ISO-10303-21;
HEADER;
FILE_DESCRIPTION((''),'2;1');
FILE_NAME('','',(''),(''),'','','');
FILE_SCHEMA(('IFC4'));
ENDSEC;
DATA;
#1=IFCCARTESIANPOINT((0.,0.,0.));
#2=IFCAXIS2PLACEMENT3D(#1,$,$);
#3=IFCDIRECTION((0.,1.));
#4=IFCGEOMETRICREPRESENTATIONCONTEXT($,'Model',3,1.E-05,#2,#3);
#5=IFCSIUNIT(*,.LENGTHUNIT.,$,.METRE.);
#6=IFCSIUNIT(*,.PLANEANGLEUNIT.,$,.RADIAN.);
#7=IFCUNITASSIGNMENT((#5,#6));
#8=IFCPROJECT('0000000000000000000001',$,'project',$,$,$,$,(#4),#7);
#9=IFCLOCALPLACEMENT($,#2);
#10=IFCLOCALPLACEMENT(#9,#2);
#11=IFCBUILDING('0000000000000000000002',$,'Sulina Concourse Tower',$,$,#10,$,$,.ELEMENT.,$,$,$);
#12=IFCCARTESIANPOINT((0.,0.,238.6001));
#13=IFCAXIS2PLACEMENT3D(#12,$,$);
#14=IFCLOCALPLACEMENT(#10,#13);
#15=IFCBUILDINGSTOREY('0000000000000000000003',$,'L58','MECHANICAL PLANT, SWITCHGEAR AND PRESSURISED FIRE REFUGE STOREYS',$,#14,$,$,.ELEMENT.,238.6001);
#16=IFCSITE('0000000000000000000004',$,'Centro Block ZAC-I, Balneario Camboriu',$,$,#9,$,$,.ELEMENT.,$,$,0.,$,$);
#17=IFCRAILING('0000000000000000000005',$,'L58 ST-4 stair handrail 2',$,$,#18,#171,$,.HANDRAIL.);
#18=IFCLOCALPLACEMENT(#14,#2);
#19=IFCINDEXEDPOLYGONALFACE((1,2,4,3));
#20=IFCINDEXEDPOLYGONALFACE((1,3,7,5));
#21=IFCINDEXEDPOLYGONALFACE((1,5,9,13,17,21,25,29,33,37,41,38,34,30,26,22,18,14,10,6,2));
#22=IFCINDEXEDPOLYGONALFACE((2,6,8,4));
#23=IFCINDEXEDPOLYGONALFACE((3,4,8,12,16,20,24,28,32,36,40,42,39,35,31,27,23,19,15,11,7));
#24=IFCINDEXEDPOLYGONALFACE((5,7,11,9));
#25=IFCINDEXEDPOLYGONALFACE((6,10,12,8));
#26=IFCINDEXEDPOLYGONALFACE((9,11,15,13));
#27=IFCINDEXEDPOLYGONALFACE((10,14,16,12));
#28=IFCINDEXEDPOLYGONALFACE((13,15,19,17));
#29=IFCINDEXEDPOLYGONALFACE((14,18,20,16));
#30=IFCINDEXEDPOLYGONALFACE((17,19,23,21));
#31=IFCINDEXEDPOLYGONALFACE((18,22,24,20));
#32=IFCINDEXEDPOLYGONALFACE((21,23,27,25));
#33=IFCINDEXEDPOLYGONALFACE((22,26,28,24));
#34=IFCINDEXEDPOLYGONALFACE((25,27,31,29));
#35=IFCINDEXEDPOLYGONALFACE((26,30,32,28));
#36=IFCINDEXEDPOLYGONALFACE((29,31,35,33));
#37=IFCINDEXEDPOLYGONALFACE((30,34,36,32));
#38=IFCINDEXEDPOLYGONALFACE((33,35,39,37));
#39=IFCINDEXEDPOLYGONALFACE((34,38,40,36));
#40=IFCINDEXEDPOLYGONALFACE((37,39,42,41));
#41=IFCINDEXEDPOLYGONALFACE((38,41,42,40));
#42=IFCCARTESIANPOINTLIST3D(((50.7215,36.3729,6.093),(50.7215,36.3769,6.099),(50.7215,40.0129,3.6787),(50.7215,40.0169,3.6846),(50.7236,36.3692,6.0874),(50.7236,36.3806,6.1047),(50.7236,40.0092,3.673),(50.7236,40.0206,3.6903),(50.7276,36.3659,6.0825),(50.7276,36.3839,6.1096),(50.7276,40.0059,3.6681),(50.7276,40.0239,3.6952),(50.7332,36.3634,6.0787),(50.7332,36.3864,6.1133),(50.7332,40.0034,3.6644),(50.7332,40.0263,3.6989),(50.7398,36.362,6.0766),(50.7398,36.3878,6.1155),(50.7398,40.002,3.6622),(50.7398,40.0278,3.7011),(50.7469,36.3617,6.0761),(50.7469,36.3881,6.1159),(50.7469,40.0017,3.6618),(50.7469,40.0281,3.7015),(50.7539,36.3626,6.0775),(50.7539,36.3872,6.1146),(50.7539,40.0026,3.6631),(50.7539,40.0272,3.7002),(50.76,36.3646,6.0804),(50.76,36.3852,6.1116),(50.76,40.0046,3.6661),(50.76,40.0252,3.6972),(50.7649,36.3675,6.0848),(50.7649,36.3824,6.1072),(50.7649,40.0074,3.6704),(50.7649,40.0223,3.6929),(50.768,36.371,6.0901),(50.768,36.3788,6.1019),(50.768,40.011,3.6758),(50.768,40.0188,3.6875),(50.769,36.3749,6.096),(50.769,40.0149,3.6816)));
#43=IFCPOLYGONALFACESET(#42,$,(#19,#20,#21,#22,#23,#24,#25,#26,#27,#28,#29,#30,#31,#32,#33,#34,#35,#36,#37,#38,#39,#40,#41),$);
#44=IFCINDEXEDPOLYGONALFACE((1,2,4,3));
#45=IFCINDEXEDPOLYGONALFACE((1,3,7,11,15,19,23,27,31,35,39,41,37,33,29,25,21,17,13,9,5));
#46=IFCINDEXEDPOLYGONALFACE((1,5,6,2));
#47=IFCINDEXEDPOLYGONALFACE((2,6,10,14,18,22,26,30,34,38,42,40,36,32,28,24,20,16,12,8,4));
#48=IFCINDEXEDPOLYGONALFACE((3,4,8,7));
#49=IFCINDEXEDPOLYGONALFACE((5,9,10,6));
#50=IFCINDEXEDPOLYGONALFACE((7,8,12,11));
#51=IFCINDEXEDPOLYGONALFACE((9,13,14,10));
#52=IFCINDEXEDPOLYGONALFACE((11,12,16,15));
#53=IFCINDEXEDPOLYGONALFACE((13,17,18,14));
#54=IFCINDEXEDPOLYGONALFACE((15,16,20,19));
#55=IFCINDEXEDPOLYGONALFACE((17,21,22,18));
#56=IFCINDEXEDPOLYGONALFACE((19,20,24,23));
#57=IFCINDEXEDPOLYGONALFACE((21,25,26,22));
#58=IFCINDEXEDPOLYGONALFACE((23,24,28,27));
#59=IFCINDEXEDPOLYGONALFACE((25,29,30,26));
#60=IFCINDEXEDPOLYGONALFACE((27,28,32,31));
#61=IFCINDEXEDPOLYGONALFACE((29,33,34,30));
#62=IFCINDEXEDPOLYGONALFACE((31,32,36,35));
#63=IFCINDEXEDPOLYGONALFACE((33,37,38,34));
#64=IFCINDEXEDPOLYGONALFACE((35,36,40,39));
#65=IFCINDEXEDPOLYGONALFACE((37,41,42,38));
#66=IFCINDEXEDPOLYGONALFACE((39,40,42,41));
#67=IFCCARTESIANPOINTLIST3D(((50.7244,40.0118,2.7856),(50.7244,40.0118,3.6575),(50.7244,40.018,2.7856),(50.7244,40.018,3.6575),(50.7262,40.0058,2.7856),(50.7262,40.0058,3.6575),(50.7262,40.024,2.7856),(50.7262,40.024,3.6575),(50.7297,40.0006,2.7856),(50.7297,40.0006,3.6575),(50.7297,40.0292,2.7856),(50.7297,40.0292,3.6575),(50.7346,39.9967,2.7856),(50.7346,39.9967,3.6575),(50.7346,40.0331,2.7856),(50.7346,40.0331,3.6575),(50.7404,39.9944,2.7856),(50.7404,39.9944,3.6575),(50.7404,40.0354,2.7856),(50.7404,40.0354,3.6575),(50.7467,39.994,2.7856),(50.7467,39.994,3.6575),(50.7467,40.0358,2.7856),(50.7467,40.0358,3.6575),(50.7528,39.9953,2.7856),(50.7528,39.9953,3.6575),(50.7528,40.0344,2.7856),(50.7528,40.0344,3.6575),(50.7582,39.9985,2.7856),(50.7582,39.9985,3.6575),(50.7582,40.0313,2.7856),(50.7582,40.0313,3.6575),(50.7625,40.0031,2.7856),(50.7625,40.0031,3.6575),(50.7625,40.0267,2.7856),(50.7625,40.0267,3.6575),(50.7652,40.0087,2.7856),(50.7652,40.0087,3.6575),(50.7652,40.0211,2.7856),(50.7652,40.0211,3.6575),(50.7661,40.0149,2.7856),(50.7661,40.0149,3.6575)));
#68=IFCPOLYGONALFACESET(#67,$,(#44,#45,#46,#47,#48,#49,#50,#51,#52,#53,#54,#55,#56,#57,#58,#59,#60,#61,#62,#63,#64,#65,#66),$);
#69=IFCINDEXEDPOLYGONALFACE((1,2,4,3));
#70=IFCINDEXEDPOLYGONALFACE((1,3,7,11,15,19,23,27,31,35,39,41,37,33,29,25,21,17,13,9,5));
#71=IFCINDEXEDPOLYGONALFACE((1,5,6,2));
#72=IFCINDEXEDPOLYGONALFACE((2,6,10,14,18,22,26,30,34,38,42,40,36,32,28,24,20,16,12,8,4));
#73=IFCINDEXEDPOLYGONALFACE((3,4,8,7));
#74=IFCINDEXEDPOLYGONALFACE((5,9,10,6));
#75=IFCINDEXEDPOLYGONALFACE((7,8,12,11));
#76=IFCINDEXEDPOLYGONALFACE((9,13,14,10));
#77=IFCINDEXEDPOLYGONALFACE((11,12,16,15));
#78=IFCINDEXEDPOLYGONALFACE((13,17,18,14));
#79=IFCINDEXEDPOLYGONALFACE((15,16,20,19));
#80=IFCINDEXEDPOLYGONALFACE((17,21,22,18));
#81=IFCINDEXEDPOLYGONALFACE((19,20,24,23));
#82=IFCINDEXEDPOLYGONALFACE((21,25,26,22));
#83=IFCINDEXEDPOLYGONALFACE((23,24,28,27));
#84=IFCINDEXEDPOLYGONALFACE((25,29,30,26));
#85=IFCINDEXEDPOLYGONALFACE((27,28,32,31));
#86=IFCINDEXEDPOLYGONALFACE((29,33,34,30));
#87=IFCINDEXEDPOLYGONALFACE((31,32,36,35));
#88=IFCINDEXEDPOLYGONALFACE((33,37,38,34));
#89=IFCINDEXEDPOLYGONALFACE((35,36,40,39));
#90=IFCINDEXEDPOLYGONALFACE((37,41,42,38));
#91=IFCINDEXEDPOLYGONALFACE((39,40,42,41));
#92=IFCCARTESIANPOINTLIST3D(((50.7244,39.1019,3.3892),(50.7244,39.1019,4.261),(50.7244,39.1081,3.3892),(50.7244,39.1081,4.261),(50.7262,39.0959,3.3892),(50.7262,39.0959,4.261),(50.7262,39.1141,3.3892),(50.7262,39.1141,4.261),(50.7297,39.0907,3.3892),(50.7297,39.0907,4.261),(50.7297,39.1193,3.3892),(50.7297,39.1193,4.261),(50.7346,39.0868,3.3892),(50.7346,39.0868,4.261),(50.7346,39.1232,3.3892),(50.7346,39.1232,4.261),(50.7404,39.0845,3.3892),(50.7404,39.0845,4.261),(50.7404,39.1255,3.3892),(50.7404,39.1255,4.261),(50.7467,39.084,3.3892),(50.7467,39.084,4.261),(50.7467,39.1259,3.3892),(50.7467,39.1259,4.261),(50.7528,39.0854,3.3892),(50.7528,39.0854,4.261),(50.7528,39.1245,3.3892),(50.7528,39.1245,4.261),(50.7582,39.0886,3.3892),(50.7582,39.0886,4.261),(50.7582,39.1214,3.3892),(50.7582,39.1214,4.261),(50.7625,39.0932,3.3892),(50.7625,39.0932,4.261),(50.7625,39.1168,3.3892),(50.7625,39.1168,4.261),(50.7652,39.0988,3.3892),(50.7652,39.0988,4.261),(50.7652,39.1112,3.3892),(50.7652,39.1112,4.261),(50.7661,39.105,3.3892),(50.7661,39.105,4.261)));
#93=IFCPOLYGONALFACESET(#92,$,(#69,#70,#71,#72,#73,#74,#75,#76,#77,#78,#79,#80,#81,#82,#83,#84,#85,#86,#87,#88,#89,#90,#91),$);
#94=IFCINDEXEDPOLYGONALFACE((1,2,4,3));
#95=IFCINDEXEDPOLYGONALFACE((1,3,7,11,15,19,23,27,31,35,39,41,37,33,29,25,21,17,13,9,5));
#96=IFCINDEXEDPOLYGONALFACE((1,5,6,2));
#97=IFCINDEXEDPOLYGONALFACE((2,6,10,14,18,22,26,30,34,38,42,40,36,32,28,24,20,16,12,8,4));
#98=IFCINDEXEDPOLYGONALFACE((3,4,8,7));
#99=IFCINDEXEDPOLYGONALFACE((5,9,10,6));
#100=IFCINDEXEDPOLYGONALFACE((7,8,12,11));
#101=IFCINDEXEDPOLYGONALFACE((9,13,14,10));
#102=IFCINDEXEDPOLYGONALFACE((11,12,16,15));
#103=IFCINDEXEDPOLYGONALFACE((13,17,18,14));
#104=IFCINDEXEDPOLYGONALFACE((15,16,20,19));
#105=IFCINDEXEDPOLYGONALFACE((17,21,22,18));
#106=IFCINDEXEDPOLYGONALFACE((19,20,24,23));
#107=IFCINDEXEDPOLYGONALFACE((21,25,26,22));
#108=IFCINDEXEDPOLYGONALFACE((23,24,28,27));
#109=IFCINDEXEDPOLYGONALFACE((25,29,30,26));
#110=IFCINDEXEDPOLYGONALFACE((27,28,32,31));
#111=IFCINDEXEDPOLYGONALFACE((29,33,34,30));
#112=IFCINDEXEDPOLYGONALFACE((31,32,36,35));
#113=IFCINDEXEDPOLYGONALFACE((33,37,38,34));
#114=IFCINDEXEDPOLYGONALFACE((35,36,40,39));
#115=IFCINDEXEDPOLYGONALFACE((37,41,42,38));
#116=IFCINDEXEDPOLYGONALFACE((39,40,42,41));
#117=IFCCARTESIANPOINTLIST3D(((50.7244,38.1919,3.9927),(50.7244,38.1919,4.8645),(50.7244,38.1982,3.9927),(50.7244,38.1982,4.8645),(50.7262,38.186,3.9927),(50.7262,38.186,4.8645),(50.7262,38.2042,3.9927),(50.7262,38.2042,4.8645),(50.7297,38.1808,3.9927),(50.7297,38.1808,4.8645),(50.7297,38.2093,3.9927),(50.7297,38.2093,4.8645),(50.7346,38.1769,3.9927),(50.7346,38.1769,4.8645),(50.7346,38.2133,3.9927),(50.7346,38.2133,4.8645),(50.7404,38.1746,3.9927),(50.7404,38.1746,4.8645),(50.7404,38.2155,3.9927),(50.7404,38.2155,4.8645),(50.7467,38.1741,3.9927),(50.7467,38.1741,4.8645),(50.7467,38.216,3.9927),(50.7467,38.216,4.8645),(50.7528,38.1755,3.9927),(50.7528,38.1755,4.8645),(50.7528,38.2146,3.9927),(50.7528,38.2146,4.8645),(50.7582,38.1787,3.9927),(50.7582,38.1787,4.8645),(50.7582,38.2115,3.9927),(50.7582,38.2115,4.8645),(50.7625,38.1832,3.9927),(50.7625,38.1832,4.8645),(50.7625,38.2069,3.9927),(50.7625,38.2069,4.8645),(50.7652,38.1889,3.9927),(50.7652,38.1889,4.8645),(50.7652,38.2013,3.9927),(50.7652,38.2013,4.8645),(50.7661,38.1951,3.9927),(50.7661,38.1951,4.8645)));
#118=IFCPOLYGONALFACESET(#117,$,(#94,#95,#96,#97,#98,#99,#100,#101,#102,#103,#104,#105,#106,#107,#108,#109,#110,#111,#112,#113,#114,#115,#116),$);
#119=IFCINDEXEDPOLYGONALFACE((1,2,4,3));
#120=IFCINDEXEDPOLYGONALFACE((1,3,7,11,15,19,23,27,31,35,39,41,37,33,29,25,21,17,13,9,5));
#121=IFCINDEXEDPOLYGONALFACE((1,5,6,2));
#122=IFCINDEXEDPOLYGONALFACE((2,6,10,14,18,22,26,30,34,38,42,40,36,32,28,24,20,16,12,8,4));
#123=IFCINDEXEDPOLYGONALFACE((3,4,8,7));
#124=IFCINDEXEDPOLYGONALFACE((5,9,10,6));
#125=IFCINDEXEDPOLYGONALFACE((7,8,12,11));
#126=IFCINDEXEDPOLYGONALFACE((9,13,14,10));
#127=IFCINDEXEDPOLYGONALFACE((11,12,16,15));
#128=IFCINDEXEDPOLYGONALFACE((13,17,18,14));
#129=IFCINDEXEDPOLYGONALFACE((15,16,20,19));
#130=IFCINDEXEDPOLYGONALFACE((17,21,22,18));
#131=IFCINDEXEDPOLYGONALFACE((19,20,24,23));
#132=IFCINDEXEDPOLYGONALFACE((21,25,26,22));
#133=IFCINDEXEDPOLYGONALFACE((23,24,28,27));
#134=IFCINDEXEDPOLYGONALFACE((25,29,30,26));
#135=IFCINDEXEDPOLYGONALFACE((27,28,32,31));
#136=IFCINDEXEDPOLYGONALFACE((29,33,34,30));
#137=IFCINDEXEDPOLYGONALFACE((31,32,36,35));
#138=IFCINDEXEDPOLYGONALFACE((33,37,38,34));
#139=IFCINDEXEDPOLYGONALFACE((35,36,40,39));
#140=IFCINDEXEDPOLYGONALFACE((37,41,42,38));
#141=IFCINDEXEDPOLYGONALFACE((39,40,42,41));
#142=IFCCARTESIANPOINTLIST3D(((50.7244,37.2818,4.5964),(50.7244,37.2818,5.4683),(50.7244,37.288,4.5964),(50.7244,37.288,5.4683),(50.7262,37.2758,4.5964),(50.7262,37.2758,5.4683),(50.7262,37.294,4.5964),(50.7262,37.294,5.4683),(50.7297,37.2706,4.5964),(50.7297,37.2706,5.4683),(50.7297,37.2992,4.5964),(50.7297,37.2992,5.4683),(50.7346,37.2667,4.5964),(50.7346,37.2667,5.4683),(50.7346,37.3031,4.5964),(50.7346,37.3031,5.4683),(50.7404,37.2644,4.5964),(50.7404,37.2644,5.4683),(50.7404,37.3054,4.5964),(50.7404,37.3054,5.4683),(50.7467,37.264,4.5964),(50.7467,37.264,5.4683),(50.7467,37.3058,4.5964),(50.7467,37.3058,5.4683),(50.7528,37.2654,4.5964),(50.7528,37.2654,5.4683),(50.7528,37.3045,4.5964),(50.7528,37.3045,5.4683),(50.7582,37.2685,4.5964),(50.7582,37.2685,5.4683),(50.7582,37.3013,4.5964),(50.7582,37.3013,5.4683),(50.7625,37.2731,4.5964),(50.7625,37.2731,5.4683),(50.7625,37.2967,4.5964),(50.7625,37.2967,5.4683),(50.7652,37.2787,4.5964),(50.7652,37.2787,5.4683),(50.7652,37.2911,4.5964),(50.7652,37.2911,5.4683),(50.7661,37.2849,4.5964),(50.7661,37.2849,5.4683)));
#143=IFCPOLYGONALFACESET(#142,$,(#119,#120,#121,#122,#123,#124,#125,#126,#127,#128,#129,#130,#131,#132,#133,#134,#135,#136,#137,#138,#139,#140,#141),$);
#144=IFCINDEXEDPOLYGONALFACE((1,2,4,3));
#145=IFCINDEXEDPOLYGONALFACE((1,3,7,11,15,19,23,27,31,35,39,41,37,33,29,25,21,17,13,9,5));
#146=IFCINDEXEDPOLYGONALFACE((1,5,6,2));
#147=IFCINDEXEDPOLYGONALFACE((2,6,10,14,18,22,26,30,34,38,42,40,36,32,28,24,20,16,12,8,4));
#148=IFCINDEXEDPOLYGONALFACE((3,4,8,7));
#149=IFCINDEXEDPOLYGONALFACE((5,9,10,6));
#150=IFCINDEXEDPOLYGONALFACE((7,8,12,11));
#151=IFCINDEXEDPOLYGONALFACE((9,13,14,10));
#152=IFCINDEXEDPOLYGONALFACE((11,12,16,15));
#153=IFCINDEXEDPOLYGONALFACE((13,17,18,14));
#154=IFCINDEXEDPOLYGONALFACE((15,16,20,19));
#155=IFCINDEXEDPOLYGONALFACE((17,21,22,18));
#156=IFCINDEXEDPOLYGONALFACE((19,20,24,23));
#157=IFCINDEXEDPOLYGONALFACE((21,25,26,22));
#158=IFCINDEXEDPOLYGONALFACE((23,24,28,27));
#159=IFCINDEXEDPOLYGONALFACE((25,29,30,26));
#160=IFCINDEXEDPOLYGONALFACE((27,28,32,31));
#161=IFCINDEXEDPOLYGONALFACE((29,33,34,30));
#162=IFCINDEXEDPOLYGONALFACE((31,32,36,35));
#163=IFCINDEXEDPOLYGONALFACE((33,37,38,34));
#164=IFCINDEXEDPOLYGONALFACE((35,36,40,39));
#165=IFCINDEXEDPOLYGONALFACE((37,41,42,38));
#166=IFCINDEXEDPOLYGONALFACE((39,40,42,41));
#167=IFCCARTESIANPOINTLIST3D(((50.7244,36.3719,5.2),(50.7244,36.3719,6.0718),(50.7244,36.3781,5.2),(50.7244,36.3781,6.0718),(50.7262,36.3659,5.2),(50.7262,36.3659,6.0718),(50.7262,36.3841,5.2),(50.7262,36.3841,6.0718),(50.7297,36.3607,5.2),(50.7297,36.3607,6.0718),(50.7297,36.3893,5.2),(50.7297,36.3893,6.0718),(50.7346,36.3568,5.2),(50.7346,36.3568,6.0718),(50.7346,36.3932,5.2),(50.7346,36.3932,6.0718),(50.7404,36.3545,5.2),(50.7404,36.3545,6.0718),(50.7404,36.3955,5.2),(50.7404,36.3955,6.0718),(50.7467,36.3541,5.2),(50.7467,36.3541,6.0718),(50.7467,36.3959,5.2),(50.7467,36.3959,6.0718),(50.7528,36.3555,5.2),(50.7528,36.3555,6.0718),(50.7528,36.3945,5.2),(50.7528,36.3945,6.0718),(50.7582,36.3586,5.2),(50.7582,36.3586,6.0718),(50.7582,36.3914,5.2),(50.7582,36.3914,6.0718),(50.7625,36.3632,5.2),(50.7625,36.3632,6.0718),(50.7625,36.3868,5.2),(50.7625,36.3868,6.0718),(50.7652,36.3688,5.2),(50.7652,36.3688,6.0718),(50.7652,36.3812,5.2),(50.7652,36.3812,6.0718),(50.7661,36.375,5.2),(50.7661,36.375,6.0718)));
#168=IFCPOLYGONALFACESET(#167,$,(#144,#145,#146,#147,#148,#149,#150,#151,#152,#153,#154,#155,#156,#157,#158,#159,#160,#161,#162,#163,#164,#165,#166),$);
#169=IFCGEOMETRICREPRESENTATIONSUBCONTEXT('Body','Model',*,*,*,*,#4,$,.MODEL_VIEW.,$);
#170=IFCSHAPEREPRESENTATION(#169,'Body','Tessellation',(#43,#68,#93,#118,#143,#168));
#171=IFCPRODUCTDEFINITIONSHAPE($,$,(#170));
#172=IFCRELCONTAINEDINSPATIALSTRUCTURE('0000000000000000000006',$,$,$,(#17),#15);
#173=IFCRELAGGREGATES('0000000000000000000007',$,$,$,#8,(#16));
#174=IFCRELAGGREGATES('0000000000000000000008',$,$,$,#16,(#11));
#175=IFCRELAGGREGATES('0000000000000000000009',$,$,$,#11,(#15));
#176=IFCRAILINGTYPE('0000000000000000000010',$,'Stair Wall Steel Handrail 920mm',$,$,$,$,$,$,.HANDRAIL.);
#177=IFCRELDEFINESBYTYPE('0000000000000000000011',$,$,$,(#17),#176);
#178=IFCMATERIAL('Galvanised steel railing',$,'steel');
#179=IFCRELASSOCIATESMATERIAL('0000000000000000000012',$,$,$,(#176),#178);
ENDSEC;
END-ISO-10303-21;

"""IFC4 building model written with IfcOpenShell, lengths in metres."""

from ifc_helpers import new_model, si_unit, direction, frame, origin, origin_2d, place, context, subcontext, project, spatial, circle, extrude, material, type_object, element, save


model = new_model("IFC4")

# Units and contexts
model_context = context("Model", 3, precision=1e-05, world=origin(), true_north=direction((0.0, 1.0)))
body_context = subcontext(model_context, "Body", "Model", "MODEL_VIEW")
ifc_project = project(units=[si_unit("LENGTHUNIT", "METRE"), si_unit("PLANEANGLEUNIT", "RADIAN")], contexts=[model_context])

# Site, building, storey
site_placement = place(None, origin())
site = spatial("IfcSite", under=ifc_project, at=site_placement, Name="Centro Block ZAC-I, Balneario Camboriu", CompositionType="ELEMENT", RefElevation=0.0)
building_placement = place(site_placement, origin())
building = spatial("IfcBuilding", under=site, at=building_placement, Name="Sulina Concourse Tower", CompositionType="ELEMENT")
storey_placement = place(building_placement, frame((0.0, 0.0, 238.6001)))
storey = spatial("IfcBuildingStorey", under=building, at=storey_placement, Name="L58", Description="MECHANICAL PLANT, SWITCHGEAR AND PRESSURISED FIRE REFUGE STOREYS", CompositionType="ELEMENT", Elevation=238.6001)

# Railing
ifc_material_1 = material(Name="Galvanised steel railing", Category="steel")
railing_type_1 = type_object("IfcRailingType", Name="Stair Wall Steel Handrail 920mm", PredefinedType="HANDRAIL", material=ifc_material_1)
railing_1_placement = place(storey_placement, frame((50.7451, 40.0149, 2.7856)))
element("IfcRailing", 1, at=railing_1_placement, inside=storey, type_object=railing_type_1, Name="L58 ST-4 stair handrail 2", PredefinedType="HANDRAIL", context=body_context, shape_type="SweptSolid", body=[
    extrude(circle(Radius=0.0239, at=origin_2d()), frame((0.0, 0.0, 0.896), z_axis=(0.0, -0.833347, 0.552751), x_axis=(1.0, 0.0, 0.0)), (0.0, 0.0, 1.0), 4.3679),
    extrude(circle(Radius=0.021, at=origin_2d()), origin(), (0.0, 0.0, 1.0), 0.8718),
    extrude(circle(Radius=0.021, at=origin_2d()), frame((0.0, -0.9099, 0.6035)), (0.0, 0.0, 1.0), 0.8718),
    extrude(circle(Radius=0.021, at=origin_2d()), frame((0.0, -1.8198, 1.207)), (0.0, 0.0, 1.0), 0.8718),
    extrude(circle(Radius=0.021, at=origin_2d()), frame((0.0, -2.73, 1.8108)), (0.0, 0.0, 1.0), 0.8718),
    extrude(circle(Radius=0.021, at=origin_2d()), frame((0.0, -3.6399, 2.4143)), (0.0, 0.0, 1.0), 0.8718),
])

save(model, "model.ifc")
